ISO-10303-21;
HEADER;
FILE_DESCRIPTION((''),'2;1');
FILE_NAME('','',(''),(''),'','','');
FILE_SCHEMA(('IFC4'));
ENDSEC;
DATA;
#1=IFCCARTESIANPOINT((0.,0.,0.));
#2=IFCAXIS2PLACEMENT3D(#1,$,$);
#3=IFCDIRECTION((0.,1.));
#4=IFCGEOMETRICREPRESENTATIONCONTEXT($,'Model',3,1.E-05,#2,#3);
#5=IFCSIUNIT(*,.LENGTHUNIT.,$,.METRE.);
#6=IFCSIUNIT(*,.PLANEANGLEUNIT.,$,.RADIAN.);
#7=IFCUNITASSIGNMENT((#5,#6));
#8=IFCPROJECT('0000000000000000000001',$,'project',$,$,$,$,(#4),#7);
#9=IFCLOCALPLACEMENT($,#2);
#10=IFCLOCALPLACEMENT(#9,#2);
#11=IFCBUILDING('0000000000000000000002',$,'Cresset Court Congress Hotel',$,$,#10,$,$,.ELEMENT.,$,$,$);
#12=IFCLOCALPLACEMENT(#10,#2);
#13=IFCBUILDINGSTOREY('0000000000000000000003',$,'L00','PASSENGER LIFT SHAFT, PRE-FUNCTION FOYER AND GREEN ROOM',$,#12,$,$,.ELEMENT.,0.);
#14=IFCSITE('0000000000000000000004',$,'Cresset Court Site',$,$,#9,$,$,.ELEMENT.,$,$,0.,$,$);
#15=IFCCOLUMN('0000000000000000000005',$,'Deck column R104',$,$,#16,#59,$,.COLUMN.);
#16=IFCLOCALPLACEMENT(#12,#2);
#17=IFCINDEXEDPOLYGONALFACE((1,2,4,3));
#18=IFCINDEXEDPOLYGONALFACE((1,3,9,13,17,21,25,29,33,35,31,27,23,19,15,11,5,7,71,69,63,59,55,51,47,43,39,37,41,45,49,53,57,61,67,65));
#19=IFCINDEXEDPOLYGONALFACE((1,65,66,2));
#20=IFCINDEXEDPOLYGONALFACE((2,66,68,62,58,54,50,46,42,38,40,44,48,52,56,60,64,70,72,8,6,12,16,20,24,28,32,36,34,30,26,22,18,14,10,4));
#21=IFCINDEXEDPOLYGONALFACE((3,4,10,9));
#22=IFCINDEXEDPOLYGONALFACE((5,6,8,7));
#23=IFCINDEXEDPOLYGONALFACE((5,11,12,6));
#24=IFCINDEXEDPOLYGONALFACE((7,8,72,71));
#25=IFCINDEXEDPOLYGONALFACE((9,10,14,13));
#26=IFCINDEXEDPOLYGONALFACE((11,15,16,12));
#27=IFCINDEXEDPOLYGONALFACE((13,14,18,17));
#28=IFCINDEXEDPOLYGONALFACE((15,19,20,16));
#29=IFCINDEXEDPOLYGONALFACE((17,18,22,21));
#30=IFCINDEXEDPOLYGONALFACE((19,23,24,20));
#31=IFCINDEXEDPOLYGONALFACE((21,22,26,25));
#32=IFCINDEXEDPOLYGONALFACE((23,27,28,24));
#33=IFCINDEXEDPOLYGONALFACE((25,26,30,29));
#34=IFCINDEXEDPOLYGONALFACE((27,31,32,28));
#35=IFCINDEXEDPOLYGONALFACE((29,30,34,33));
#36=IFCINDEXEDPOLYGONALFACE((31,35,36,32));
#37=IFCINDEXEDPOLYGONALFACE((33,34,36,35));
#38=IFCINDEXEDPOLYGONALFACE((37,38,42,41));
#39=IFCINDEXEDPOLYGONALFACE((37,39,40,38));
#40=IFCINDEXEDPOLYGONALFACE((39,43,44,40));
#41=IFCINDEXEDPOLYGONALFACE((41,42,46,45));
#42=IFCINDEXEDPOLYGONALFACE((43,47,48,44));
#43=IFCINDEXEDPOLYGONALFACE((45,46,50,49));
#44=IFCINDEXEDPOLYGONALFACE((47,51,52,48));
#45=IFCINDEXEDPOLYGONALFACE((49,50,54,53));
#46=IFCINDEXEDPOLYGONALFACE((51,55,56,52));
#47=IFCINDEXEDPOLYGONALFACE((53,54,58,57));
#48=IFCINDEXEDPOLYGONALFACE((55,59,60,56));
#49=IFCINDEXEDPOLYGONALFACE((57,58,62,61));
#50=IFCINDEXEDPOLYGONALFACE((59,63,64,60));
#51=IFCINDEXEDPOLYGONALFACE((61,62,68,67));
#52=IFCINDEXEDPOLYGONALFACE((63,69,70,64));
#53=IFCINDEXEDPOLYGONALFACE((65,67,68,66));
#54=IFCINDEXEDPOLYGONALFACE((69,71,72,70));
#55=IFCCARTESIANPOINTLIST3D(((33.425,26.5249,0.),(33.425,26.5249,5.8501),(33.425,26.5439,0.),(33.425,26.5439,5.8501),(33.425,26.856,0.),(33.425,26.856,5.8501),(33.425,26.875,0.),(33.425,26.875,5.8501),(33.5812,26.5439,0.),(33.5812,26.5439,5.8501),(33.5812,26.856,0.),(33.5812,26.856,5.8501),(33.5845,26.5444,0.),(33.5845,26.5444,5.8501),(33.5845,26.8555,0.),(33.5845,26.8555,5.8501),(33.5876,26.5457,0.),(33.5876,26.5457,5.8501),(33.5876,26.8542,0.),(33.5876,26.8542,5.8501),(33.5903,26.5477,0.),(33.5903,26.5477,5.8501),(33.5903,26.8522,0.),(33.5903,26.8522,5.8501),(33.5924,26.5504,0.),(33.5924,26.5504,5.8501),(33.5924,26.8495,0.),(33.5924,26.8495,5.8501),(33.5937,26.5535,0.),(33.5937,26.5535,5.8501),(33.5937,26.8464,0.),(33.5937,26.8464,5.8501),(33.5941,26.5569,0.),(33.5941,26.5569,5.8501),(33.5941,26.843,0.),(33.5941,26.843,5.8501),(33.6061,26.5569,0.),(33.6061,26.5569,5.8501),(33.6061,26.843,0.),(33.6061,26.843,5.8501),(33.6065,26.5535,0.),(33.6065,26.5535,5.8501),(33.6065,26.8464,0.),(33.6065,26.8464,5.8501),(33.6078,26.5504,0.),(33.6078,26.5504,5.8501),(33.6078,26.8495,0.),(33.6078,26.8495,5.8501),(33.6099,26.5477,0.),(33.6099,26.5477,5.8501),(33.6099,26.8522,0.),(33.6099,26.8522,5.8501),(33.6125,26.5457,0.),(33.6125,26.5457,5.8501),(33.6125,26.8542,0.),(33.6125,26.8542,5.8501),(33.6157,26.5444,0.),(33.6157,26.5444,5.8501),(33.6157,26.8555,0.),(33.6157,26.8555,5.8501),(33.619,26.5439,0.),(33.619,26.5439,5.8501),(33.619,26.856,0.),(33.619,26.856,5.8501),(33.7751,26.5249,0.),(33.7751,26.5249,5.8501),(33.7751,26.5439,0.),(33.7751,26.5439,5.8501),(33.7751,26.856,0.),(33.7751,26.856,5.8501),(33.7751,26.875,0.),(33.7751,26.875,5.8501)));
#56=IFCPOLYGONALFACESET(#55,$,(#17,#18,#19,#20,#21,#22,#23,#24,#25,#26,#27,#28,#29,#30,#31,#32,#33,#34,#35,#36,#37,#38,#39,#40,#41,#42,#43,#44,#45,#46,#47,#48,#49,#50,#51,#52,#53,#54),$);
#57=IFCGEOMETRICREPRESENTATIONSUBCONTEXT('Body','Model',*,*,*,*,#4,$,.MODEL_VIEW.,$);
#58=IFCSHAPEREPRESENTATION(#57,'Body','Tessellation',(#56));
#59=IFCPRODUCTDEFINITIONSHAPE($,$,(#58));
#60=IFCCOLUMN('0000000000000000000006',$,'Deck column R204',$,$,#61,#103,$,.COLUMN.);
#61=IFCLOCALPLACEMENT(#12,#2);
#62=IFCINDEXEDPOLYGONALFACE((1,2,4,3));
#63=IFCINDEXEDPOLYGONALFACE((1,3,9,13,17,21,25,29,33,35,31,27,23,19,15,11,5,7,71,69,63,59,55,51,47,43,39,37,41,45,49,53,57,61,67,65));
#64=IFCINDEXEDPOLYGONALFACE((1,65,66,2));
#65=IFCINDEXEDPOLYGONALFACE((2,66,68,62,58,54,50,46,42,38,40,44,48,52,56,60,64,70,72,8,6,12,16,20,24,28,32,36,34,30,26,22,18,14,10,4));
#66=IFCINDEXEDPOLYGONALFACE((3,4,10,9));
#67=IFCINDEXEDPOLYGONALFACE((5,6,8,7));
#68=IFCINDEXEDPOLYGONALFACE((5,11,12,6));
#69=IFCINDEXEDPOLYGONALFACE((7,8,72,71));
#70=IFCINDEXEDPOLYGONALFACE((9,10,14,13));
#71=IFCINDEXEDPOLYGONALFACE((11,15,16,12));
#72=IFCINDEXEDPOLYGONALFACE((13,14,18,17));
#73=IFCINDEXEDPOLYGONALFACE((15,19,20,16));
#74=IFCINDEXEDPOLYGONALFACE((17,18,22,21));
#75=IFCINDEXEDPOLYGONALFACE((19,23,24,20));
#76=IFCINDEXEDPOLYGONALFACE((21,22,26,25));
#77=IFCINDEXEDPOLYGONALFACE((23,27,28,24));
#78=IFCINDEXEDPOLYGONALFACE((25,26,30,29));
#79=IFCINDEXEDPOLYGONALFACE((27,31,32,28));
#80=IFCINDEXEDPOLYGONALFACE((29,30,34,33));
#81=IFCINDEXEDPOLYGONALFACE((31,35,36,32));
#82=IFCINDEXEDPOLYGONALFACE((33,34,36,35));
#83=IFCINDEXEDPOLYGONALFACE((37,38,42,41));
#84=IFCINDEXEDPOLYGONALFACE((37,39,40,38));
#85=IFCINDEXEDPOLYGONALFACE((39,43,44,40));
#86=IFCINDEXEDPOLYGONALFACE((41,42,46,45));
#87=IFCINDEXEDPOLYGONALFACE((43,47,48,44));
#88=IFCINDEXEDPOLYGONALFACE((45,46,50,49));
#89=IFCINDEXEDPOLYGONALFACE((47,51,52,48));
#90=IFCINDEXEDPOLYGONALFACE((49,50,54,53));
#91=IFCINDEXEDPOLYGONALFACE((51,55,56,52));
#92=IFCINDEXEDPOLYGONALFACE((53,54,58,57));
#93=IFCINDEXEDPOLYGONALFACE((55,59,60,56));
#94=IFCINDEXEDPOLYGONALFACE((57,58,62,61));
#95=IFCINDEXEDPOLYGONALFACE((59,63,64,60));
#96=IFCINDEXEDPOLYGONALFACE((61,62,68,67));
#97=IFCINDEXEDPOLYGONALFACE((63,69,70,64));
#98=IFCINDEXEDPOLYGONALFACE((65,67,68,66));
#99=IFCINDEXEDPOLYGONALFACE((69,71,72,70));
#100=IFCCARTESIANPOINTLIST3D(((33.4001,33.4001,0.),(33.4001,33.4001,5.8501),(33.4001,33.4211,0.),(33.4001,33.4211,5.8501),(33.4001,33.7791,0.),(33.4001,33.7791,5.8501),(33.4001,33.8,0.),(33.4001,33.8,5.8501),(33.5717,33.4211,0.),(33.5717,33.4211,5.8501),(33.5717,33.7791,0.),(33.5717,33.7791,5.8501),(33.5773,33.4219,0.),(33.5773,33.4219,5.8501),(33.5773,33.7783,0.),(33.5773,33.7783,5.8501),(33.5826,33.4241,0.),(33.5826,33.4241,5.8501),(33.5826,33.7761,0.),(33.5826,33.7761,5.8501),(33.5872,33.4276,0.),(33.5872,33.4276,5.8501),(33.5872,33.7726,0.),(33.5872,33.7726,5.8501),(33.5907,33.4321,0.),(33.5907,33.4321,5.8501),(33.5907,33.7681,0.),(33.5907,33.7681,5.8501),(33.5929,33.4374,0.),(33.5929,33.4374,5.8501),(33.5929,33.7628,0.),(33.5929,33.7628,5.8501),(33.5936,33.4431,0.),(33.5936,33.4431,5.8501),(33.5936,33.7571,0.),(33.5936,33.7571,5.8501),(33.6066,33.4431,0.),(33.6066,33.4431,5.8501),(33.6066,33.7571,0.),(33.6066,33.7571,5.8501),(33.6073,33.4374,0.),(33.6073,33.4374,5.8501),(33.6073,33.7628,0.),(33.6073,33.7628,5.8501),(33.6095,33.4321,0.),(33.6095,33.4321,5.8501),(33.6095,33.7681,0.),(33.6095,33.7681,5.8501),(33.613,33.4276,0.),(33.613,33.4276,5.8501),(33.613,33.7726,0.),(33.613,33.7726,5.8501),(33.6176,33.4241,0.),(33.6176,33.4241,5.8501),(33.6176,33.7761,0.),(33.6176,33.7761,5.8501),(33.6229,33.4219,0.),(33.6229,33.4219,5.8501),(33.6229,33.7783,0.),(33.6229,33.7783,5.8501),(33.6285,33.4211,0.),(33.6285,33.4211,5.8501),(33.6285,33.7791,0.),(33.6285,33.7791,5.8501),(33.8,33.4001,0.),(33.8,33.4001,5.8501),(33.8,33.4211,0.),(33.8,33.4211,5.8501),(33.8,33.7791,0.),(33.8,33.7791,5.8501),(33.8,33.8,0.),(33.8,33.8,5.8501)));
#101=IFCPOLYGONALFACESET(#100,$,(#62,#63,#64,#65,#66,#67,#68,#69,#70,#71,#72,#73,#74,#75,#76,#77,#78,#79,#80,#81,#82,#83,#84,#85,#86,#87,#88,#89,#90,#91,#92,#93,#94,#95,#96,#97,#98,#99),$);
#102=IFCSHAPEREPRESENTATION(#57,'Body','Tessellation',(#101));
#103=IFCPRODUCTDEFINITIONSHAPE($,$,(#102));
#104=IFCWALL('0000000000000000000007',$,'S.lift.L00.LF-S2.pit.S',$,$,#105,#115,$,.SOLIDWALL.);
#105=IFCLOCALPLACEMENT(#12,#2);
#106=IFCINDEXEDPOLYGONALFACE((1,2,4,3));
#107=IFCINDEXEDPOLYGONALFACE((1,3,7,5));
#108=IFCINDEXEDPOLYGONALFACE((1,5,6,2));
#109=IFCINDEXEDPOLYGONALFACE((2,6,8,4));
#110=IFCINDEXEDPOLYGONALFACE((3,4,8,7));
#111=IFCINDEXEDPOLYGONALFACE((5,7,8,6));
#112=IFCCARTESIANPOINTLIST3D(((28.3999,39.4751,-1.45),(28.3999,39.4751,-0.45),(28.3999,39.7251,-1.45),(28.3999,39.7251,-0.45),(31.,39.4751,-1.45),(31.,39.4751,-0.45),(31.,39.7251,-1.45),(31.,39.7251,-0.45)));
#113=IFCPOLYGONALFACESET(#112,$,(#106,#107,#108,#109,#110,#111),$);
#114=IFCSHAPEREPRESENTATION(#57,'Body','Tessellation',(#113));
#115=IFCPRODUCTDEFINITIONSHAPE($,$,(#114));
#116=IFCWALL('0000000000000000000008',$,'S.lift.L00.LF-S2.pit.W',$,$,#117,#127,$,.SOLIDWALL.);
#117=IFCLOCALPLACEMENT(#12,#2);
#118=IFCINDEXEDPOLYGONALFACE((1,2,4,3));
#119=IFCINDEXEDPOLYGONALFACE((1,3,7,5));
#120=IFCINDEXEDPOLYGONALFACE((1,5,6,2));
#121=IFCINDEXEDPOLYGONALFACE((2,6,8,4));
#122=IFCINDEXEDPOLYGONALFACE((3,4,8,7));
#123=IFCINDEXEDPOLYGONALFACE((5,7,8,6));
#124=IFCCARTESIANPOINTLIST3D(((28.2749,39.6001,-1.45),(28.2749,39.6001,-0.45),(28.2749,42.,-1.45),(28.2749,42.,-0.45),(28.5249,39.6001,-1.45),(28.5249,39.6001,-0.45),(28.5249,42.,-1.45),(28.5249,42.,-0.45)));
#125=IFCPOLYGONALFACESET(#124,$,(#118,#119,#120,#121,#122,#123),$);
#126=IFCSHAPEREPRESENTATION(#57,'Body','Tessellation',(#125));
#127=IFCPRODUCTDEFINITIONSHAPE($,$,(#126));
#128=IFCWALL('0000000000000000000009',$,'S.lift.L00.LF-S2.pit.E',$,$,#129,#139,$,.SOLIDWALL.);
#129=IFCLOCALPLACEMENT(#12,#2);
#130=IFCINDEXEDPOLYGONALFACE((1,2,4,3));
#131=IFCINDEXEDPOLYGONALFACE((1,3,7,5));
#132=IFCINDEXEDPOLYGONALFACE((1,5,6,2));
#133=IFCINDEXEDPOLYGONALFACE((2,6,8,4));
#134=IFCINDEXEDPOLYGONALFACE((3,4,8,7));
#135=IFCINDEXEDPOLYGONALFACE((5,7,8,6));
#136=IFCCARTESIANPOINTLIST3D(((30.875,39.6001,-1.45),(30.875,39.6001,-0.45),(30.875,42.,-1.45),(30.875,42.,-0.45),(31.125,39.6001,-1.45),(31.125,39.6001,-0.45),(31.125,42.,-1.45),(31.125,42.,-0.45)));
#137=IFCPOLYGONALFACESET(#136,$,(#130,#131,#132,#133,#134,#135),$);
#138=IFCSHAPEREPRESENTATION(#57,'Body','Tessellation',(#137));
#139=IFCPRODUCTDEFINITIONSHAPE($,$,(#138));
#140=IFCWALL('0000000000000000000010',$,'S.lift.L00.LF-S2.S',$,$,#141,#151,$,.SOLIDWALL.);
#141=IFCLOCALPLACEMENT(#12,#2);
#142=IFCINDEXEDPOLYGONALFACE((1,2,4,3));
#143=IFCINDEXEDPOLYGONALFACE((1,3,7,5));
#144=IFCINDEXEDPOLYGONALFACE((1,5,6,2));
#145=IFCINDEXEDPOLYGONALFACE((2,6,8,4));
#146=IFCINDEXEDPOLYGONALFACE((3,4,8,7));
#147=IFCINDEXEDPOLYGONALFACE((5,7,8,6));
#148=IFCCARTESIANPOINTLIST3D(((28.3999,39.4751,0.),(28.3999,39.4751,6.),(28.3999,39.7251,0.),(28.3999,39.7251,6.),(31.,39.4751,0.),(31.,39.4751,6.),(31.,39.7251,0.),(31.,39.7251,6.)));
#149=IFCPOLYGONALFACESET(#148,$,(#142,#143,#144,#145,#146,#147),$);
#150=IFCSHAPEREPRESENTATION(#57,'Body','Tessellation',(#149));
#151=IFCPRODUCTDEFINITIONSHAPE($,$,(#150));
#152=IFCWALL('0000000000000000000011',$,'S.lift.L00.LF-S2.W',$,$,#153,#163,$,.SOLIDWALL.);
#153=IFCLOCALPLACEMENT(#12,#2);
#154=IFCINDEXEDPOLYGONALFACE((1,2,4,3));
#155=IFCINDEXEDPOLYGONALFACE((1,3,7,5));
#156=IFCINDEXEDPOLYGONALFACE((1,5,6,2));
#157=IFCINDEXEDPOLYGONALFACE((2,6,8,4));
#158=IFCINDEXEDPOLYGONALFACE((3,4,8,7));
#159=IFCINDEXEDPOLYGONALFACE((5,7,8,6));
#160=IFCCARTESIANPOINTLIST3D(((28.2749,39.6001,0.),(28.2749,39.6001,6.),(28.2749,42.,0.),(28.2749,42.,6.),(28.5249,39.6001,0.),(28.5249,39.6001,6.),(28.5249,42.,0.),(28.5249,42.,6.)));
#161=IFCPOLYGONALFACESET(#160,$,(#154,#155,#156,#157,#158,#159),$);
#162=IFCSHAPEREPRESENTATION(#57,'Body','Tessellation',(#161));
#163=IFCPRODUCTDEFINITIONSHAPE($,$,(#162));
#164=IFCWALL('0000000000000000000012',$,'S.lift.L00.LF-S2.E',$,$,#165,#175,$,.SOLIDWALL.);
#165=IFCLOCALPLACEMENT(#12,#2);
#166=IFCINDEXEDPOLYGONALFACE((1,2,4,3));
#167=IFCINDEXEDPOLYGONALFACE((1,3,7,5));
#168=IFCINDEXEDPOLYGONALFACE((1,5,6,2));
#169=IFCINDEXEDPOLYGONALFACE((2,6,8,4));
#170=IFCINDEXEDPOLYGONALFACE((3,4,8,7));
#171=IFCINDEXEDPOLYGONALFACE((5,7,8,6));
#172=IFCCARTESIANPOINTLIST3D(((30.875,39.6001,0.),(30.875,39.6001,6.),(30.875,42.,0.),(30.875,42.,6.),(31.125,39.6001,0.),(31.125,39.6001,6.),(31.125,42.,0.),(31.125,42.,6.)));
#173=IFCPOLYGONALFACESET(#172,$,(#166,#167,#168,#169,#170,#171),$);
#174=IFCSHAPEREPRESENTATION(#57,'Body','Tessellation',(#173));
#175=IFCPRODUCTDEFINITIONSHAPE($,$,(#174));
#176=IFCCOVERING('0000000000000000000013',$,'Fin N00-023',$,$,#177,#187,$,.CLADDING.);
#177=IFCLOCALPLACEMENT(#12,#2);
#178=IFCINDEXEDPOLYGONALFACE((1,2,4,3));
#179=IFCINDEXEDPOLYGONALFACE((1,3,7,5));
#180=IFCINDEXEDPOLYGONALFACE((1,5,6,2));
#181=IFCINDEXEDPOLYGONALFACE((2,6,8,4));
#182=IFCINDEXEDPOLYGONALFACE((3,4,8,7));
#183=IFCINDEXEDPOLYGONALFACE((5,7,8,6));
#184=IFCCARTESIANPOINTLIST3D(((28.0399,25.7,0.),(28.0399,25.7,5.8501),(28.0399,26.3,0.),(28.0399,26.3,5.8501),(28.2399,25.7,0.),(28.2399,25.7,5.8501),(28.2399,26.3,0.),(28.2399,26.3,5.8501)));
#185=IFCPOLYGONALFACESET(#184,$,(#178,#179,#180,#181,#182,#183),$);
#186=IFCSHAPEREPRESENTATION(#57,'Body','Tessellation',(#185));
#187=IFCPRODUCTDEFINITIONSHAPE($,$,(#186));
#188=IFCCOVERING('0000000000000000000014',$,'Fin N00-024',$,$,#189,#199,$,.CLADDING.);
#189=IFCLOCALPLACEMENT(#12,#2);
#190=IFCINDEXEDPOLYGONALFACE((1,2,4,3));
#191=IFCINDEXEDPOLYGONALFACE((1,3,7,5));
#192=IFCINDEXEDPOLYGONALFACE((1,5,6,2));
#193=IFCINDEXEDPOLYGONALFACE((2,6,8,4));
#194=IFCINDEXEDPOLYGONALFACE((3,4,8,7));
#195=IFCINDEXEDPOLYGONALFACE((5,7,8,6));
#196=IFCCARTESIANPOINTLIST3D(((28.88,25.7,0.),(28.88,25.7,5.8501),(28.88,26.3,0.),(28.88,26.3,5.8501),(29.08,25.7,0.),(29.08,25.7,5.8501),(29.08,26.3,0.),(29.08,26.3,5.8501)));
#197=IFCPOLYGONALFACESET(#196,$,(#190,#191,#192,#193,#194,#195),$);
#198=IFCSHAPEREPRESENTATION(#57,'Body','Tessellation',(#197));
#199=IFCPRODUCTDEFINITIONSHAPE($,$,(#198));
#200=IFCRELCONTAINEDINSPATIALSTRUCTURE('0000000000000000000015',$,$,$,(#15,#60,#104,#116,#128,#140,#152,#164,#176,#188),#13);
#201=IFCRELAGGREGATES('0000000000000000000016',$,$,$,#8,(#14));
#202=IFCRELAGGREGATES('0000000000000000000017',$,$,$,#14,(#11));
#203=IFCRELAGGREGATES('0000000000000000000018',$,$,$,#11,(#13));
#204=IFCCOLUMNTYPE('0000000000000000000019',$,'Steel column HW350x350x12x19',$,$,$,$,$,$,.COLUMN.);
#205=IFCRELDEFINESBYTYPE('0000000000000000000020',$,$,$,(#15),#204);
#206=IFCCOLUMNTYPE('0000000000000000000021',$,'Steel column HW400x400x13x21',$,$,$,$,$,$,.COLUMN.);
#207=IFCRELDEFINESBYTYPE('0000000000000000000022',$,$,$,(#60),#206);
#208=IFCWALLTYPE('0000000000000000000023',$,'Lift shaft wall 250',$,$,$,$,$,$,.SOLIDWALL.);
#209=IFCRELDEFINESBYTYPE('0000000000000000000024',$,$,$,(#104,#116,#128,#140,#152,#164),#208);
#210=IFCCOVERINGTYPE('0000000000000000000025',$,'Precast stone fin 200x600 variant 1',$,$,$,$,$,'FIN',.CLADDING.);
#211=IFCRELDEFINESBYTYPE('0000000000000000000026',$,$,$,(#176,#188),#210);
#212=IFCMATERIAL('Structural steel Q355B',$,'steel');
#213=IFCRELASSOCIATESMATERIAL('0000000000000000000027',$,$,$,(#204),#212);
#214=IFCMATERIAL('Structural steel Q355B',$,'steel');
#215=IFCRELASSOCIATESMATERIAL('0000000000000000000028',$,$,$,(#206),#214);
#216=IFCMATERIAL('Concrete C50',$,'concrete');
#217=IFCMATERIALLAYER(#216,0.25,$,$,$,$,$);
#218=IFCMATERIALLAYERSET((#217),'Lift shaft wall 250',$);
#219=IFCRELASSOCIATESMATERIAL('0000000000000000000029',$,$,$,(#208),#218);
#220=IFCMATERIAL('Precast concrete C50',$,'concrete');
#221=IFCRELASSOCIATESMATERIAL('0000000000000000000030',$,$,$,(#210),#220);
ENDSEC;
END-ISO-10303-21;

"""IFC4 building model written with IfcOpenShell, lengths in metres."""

from ifc_helpers import new_model, si_unit, direction, frame, frame_2d, origin, origin_2d, place, context, subcontext, project, spatial, rectangle, i_section, extrude, material, layer, layer_set, material_profile, profile_set, type_object, element, save


model = new_model("IFC4")

# Units and contexts
model_context = context("Model", 3, precision=1e-05, world=origin(), true_north=direction((0.0, 1.0)))
body_context = subcontext(model_context, "Body", "Model", "MODEL_VIEW")
ifc_project = project(units=[si_unit("LENGTHUNIT", "METRE"), si_unit("PLANEANGLEUNIT", "RADIAN")], contexts=[model_context])

# Site, building, storey
site_placement = place(None, origin())
site = spatial("IfcSite", under=ifc_project, at=site_placement, Name="Cresset Court Site", CompositionType="ELEMENT", RefElevation=0.0)
building_placement = place(site_placement, origin())
building = spatial("IfcBuilding", under=site, at=building_placement, Name="Cresset Court Congress Hotel", CompositionType="ELEMENT")
storey_placement = place(building_placement, origin())
storey = spatial("IfcBuildingStorey", under=building, at=storey_placement, Name="L00", Description="PASSENGER LIFT SHAFT, PRE-FUNCTION FOYER AND GREEN ROOM", CompositionType="ELEMENT", Elevation=0.0)

# Columns
ifc_material_1 = material(Name="Structural steel Q355B", Category="steel")
ifc_material_profile_1 = material_profile(ifc_material_1, i_section(OverallWidth=0.3501, OverallDepth=0.3501, WebThickness=0.012, FlangeThickness=0.019, FilletRadius=0.0129, at=origin_2d()), Name="HW350x350x12x19")
ifc_profile_set_1 = profile_set([ifc_material_profile_1], Name="Structural steel Q355B")
column_type_1 = type_object("IfcColumnType", Name="Steel column HW350x350x12x19", PredefinedType="COLUMN", material=ifc_profile_set_1)
column_1_placement = place(storey_placement, frame((33.6001, 26.7, 0.0), z_axis=(0.0, 0.0, 1.0), x_axis=(1.0, 0.0, 0.0)))
element("IfcColumn", 1, at=column_1_placement, inside=storey, type_object=column_type_1, Name="Deck column R104", PredefinedType="COLUMN", context=body_context, shape_type="SweptSolid", body=[
    extrude(i_section(OverallWidth=0.3501, OverallDepth=0.3501, WebThickness=0.012, FlangeThickness=0.019, FilletRadius=0.0129, at=origin_2d()), origin(), (0.0, 0.0, 1.0), 5.8501),
])
ifc_material_2 = material(Name="Structural steel Q355B", Category="steel")
ifc_material_profile_2 = material_profile(ifc_material_2, i_section(OverallWidth=0.3999, OverallDepth=0.3999, WebThickness=0.0129, FlangeThickness=0.021, FilletRadius=0.022, at=origin_2d()), Name="HW400x400x13x21")
ifc_profile_set_2 = profile_set([ifc_material_profile_2], Name="Structural steel Q355B")
column_type_2 = type_object("IfcColumnType", Name="Steel column HW400x400x13x21", PredefinedType="COLUMN", material=ifc_profile_set_2)
column_2_placement = place(storey_placement, frame((33.6001, 33.6001, 0.0), z_axis=(0.0, 0.0, 1.0), x_axis=(1.0, 0.0, 0.0)))
element("IfcColumn", 2, at=column_2_placement, inside=storey, type_object=column_type_2, Name="Deck column R204", PredefinedType="COLUMN", context=body_context, shape_type="SweptSolid", body=[
    extrude(i_section(OverallWidth=0.3999, OverallDepth=0.3999, WebThickness=0.0129, FlangeThickness=0.021, FilletRadius=0.022, at=origin_2d()), origin(), (0.0, 0.0, 1.0), 5.8501),
])

# Walls
ifc_material_3 = material(Name="Concrete C50", Category="concrete")
ifc_layer = layer(ifc_material_3, 0.25)
ifc_layer_set = layer_set([ifc_layer], Name="Lift shaft wall 250")
wall_type = type_object("IfcWallType", Name="Lift shaft wall 250", PredefinedType="SOLIDWALL", material=ifc_layer_set)
wall_1_placement = place(storey_placement, frame((28.3999, 39.6001, -1.45), z_axis=(0.0, 0.0, 1.0), x_axis=(1.0, 0.0, 0.0)))
element("IfcWall", 3, at=wall_1_placement, inside=storey, type_object=wall_type, Name="S.lift.L00.LF-S2.pit.S", PredefinedType="SOLIDWALL", context=body_context, shape_type="SweptSolid", body=[
    extrude(rectangle(XDim=2.6001, YDim=0.25, at=frame_2d((1.3, 0.0))), origin(), (0.0, 0.0, 1.0), 1.0),
])
for number, where, z_axis, x_axis, name in (
    (4, (28.3999, 39.6001, -1.45), (0.0, 0.0, 1.0), (0.0, 1.0, 0.0), "S.lift.L00.LF-S2.pit.W"),
    (5, (31.0, 39.6001, -1.45), (0.0, 0.0, 1.0), (0.0, 1.0, 0.0), "S.lift.L00.LF-S2.pit.E"),
):
    element("IfcWall", number, at=place(storey_placement, frame(where, z_axis=z_axis, x_axis=x_axis)), inside=storey, type_object=wall_type, Name=name, PredefinedType="SOLIDWALL", context=body_context, shape_type="SweptSolid", body=[
        extrude(rectangle(XDim=2.3999, YDim=0.25, at=frame_2d((1.2, 0.0))), origin(), (0.0, 0.0, 1.0), 1.0),
    ])
wall_2_placement = place(storey_placement, frame((28.3999, 39.6001, 0.0), z_axis=(0.0, 0.0, 1.0), x_axis=(1.0, 0.0, 0.0)))
element("IfcWall", 6, at=wall_2_placement, inside=storey, type_object=wall_type, Name="S.lift.L00.LF-S2.S", PredefinedType="SOLIDWALL", context=body_context, shape_type="SweptSolid", body=[
    extrude(rectangle(XDim=2.6001, YDim=0.25, at=frame_2d((1.3, 0.0))), origin(), (0.0, 0.0, 1.0), 6.0),
])
for number, where, z_axis, x_axis, name in (
    (7, (28.3999, 39.6001, 0.0), (0.0, 0.0, 1.0), (0.0, 1.0, 0.0), "S.lift.L00.LF-S2.W"),
    (8, (31.0, 39.6001, 0.0), (0.0, 0.0, 1.0), (0.0, 1.0, 0.0), "S.lift.L00.LF-S2.E"),
):
    element("IfcWall", number, at=place(storey_placement, frame(where, z_axis=z_axis, x_axis=x_axis)), inside=storey, type_object=wall_type, Name=name, PredefinedType="SOLIDWALL", context=body_context, shape_type="SweptSolid", body=[
        extrude(rectangle(XDim=2.3999, YDim=0.25, at=frame_2d((1.2, 0.0))), origin(), (0.0, 0.0, 1.0), 6.0),
    ])

# Coverings
ifc_material_4 = material(Name="Precast concrete C50", Category="concrete")
covering_type = type_object("IfcCoveringType", Name="Precast stone fin 200x600 variant 1", ElementType="FIN", PredefinedType="CLADDING", material=ifc_material_4)
for number, where, z_axis, x_axis, name in (
    (9, (28.1399, 26.0, 0.0), (0.0, 0.0, 1.0), (1.0, 0.0, 0.0), "Fin N00-023"),
    (10, (28.98, 26.0, 0.0), (0.0, 0.0, 1.0), (1.0, 0.0, 0.0), "Fin N00-024"),
):
    element("IfcCovering", number, at=place(storey_placement, frame(where, z_axis=z_axis, x_axis=x_axis)), inside=storey, type_object=covering_type, Name=name, PredefinedType="CLADDING", context=body_context, shape_type="SweptSolid", body=[
        extrude(rectangle(XDim=0.2, YDim=0.6001, at=origin_2d()), origin(), (0.0, 0.0, 1.0), 5.8501),
    ])

save(model, "model.ifc")
